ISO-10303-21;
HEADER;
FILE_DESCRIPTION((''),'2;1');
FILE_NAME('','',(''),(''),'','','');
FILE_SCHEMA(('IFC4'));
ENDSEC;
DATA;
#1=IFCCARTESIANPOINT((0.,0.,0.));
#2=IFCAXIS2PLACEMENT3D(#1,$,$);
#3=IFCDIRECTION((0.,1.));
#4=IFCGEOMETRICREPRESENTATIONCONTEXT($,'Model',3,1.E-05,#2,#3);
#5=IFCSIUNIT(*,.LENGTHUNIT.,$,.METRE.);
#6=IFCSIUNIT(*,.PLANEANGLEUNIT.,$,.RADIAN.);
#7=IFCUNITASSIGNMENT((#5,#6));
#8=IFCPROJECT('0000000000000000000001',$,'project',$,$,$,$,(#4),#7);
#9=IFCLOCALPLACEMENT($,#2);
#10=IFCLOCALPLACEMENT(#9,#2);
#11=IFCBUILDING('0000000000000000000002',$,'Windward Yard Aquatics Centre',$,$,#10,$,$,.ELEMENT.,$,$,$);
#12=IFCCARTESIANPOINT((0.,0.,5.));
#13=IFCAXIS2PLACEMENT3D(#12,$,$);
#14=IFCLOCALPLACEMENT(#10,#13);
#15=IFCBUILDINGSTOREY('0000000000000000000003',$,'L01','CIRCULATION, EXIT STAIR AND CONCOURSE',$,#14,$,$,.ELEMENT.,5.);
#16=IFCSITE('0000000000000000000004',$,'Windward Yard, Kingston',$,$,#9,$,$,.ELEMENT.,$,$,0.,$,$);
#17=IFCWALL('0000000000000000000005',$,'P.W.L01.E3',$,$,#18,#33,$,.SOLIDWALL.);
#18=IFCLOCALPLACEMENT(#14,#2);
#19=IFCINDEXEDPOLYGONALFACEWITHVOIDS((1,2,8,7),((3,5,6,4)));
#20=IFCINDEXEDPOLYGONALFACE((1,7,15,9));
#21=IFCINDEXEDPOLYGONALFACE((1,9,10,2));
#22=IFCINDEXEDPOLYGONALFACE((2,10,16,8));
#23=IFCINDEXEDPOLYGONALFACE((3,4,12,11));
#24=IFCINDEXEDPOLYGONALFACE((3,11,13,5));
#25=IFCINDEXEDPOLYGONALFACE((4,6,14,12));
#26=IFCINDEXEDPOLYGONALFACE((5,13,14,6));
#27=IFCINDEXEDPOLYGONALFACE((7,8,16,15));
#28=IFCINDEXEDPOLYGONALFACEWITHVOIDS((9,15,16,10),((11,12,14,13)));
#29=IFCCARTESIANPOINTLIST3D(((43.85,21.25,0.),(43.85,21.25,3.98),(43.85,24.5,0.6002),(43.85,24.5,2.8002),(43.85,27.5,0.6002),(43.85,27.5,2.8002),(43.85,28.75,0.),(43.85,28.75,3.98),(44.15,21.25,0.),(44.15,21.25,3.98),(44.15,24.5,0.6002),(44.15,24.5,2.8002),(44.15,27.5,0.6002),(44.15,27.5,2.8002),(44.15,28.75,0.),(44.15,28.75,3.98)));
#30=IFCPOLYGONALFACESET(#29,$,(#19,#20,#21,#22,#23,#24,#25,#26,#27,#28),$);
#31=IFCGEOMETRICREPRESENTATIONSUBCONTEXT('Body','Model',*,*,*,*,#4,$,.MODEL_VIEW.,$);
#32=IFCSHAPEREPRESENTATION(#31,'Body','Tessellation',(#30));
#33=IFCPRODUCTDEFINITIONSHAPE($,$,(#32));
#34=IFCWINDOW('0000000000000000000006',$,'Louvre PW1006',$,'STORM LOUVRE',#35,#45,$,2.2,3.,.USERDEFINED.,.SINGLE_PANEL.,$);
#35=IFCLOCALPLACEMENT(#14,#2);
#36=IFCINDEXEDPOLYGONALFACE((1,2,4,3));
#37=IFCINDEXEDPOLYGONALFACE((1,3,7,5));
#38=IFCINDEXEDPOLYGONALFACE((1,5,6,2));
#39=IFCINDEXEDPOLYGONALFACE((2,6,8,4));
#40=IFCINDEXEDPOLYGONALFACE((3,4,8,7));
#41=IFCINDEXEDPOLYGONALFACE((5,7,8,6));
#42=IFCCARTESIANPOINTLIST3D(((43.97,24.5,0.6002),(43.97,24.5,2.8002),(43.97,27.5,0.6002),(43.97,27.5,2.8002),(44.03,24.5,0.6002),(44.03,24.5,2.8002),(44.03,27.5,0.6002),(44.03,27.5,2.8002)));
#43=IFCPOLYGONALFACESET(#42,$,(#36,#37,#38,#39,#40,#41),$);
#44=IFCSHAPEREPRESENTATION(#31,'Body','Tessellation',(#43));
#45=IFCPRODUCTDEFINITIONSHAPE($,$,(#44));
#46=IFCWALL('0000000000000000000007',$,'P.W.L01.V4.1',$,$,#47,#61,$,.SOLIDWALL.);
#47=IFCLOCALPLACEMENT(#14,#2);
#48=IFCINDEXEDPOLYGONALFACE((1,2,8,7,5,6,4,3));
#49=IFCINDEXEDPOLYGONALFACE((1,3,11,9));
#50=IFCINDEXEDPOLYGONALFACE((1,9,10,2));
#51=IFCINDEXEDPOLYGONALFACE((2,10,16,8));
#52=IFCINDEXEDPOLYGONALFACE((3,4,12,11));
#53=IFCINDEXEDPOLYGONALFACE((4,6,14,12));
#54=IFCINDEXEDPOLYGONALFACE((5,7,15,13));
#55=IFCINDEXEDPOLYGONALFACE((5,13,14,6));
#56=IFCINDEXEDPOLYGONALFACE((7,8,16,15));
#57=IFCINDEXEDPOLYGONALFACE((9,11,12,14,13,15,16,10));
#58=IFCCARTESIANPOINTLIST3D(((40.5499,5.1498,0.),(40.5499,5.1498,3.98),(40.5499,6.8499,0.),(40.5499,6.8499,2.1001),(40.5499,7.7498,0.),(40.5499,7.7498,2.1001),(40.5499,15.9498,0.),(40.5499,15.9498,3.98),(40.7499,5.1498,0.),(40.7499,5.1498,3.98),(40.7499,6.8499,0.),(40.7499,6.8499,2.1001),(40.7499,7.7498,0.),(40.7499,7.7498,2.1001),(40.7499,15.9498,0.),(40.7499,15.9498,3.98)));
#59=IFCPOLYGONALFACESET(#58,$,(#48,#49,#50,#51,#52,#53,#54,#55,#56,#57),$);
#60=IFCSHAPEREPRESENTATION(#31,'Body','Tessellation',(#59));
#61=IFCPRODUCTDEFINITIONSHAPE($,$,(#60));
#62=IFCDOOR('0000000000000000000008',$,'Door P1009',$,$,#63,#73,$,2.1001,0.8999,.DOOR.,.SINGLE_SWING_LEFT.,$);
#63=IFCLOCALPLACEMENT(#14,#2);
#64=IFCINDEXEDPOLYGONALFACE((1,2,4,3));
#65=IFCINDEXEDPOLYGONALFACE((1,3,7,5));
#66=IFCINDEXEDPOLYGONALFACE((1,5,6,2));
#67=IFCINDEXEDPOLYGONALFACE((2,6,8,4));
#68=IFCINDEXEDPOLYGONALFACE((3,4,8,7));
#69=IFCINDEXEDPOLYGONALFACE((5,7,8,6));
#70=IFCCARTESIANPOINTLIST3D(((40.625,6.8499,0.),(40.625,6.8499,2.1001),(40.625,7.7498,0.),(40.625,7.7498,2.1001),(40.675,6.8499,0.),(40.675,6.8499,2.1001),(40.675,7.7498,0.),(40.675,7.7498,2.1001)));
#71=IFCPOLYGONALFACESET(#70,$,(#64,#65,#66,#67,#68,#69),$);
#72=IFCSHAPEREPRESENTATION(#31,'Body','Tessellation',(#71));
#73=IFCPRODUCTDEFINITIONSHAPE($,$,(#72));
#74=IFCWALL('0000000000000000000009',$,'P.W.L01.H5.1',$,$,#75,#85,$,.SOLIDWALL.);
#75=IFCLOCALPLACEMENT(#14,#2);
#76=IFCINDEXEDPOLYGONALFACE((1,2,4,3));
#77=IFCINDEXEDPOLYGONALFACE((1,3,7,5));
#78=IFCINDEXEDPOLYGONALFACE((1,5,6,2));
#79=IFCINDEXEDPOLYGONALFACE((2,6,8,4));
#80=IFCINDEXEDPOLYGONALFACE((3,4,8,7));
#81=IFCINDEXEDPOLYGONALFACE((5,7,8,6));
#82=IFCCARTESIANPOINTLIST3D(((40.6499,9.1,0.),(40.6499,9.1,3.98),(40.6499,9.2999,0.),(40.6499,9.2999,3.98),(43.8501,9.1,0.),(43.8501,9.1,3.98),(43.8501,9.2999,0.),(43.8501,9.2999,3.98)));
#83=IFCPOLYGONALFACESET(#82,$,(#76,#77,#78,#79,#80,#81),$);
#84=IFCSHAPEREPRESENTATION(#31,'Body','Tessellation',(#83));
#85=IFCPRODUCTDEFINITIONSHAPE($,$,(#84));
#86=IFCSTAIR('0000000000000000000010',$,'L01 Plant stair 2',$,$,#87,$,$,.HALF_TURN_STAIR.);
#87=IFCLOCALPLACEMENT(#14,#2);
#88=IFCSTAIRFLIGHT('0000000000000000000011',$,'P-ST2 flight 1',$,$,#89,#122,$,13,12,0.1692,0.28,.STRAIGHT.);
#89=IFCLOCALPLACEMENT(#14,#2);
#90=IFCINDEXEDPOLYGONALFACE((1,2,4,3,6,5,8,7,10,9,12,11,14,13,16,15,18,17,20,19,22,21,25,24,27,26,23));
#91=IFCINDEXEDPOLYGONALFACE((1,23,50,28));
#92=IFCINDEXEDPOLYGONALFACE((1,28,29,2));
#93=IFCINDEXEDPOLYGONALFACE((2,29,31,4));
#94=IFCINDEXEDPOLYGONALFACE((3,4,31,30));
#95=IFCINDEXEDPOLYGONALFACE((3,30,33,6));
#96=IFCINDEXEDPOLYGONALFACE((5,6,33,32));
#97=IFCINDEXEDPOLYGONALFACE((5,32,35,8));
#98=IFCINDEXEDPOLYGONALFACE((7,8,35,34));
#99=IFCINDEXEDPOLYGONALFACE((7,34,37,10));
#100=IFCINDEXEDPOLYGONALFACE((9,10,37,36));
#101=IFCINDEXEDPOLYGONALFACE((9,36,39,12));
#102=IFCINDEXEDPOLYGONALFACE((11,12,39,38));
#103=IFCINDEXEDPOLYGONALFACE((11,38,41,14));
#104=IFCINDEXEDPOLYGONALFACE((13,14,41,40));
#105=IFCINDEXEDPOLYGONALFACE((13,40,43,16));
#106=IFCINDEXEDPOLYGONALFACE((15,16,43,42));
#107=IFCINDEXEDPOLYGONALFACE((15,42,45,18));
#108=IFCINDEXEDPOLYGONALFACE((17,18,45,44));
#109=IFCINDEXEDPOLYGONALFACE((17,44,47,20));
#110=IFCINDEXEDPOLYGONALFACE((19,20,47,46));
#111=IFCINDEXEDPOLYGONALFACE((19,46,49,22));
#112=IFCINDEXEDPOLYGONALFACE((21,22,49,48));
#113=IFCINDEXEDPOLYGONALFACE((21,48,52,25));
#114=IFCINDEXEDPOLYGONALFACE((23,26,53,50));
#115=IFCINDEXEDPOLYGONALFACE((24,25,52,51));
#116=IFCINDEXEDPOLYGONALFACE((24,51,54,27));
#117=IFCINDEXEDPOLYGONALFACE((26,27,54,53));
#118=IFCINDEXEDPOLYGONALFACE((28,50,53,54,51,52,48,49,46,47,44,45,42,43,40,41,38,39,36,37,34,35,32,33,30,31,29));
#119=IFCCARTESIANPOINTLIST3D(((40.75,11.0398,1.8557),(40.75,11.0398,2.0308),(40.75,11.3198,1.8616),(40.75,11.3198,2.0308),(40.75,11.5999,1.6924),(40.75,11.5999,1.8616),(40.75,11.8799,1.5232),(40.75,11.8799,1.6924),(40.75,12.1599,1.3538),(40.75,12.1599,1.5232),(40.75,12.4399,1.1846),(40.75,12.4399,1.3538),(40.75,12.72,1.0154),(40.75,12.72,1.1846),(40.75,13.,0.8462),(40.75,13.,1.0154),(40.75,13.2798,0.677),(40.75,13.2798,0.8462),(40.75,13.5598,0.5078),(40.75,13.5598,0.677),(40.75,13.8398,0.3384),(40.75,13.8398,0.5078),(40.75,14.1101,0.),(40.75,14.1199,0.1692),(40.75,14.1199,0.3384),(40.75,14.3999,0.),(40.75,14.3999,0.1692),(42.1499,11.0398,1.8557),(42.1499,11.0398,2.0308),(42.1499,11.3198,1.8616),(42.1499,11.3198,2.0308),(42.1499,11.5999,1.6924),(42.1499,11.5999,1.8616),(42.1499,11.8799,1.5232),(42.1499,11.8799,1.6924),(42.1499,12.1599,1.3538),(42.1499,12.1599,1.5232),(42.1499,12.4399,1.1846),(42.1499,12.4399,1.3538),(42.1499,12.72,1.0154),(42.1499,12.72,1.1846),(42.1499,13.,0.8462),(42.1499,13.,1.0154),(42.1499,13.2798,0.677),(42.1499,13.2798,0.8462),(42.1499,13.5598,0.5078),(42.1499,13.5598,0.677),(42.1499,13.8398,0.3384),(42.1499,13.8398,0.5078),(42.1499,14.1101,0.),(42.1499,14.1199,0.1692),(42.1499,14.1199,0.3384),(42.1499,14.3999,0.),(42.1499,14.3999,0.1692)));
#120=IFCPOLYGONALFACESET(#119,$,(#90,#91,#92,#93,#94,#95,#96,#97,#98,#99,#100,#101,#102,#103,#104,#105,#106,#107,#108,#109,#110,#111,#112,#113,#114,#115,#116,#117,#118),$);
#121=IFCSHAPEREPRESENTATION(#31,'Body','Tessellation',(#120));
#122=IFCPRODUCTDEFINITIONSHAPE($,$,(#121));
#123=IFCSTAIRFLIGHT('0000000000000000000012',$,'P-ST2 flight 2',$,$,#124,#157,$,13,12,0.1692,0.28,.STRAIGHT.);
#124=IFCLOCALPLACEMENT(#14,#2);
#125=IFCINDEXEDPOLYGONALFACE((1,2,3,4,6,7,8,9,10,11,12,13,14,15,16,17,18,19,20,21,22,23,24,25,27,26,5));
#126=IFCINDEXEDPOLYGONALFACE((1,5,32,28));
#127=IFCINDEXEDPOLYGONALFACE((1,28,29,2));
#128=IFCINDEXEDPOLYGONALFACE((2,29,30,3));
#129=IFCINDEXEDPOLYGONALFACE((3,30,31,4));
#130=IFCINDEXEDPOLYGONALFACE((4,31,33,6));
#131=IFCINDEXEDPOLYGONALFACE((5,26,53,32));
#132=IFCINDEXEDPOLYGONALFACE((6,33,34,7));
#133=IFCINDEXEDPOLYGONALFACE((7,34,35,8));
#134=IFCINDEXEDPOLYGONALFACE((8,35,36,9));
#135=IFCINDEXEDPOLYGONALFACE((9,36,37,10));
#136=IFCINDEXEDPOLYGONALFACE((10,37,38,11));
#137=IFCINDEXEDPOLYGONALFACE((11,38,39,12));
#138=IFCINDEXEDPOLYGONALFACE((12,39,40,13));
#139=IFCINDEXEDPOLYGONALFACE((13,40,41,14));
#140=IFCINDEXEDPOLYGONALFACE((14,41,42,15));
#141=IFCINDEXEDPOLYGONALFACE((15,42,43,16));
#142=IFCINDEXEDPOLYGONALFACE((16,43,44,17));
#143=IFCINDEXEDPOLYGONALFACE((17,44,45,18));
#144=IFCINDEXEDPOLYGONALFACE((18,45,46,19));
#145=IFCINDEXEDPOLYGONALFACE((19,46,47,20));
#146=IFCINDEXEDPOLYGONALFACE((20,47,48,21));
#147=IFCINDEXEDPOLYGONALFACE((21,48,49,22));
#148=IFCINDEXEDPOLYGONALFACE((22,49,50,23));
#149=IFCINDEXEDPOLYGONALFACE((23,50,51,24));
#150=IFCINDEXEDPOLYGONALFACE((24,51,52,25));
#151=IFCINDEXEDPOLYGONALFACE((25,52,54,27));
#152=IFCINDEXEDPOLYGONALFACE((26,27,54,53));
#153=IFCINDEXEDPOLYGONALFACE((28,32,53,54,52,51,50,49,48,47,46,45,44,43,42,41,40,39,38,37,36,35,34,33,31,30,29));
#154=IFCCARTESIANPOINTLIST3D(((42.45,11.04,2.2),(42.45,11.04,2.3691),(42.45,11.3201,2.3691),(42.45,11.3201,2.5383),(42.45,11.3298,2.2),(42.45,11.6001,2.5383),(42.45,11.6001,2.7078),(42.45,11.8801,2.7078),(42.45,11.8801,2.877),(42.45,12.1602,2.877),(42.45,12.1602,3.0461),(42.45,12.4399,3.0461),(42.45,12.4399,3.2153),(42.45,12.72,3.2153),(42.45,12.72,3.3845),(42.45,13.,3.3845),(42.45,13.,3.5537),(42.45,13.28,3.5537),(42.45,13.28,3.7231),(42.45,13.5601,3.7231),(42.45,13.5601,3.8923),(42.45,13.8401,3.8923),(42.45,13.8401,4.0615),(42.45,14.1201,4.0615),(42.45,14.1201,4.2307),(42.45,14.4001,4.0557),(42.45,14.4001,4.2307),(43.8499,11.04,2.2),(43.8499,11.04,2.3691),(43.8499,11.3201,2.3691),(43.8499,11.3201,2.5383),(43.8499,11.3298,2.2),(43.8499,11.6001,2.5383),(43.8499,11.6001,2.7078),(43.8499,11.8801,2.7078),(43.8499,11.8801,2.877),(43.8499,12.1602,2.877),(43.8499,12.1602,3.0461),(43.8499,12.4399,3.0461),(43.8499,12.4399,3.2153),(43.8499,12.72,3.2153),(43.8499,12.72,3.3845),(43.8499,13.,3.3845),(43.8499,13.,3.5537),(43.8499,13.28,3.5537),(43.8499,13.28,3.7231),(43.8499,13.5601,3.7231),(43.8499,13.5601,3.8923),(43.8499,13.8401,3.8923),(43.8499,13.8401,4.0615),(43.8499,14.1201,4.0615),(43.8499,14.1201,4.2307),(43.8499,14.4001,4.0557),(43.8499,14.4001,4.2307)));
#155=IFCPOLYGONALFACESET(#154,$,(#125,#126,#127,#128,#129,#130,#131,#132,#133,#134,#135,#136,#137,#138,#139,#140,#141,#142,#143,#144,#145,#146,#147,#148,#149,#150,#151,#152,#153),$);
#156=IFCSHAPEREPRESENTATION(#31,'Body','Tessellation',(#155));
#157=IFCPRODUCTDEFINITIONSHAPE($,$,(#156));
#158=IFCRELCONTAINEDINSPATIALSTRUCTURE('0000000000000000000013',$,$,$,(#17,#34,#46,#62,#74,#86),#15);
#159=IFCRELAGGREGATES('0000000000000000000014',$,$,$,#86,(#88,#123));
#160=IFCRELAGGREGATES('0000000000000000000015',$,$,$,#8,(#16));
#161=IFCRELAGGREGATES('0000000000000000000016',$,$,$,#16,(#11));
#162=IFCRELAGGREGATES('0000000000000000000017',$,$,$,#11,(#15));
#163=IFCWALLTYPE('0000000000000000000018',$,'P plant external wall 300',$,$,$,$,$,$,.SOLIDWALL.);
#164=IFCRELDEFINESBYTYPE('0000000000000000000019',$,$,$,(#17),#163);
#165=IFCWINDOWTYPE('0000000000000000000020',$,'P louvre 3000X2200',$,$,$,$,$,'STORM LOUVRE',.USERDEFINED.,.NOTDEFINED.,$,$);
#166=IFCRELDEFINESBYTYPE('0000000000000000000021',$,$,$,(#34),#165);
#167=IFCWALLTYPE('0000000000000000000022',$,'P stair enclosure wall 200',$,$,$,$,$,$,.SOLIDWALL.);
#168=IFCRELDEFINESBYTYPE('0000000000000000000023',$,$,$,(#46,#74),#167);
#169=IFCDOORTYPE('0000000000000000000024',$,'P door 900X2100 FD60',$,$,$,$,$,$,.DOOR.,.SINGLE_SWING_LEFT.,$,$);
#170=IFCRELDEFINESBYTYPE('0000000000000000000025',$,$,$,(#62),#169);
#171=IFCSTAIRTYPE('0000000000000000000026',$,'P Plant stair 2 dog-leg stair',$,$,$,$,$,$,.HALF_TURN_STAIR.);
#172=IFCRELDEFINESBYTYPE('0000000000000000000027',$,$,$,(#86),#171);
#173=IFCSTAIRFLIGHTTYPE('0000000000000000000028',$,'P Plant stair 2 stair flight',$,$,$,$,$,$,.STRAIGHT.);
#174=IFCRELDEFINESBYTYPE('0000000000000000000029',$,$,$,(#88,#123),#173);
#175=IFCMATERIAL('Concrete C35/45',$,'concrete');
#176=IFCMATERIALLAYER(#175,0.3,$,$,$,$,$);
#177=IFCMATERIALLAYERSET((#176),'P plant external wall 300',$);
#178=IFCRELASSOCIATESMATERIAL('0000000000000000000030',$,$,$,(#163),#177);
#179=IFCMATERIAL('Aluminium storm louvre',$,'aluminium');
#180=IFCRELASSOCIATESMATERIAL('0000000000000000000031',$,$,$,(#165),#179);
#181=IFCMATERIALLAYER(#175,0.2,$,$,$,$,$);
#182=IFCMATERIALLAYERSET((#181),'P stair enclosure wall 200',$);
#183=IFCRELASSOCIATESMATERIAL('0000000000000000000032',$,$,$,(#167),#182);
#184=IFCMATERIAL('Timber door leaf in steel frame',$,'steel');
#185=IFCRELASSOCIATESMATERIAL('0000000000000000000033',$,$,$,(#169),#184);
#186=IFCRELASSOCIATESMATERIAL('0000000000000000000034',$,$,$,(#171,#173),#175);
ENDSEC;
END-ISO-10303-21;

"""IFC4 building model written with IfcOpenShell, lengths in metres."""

from ifc_helpers import new_model, si_unit, direction, frame, frame_2d, origin, place, context, subcontext, project, spatial, polyline, rectangle, outline, extrude, material, layer, layer_set, type_object, element, fill, aggregate, save


model = new_model("IFC4")

# Units and contexts
model_context = context("Model", 3, precision=1e-05, world=origin(), true_north=direction((0.0, 1.0)))
body_context = subcontext(model_context, "Body", "Model", "MODEL_VIEW")
ifc_project = project(units=[si_unit("LENGTHUNIT", "METRE"), si_unit("PLANEANGLEUNIT", "RADIAN")], contexts=[model_context])

# Site, building, storey
site_placement = place(None, origin())
site = spatial("IfcSite", under=ifc_project, at=site_placement, Name="Windward Yard, Kingston", CompositionType="ELEMENT", RefElevation=0.0)
building_placement = place(site_placement, origin())
building = spatial("IfcBuilding", under=site, at=building_placement, Name="Windward Yard Aquatics Centre", CompositionType="ELEMENT")
storey_placement = place(building_placement, frame((0.0, 0.0, 5.0)))
storey = spatial("IfcBuildingStorey", under=building, at=storey_placement, Name="L01", Description="CIRCULATION, EXIT STAIR AND CONCOURSE", CompositionType="ELEMENT", Elevation=5.0)

# Shared definitions
ifc_material_1 = material(Name="Concrete C35/45", Category="concrete")

# Shared definitions
ifc_material_2 = material(Name="Timber door leaf in steel frame", Category="steel")

# Shared definitions
ifc_layer_1 = layer(ifc_material_1, 0.3)
ifc_layer_set_1 = layer_set([ifc_layer_1], Name="P plant external wall 300")
wall_type_1 = type_object("IfcWallType", Name="P plant external wall 300", PredefinedType="SOLIDWALL", material=ifc_layer_set_1)

# Wall, opening, window
wall_1_placement = place(storey_placement, frame((44.0, 21.25, 0.0), z_axis=(0.0, 0.0, 1.0), x_axis=(0.0, 1.0, 0.0)))
wall_1 = element("IfcWall", 1, at=wall_1_placement, inside=storey, type_object=wall_type_1, Name="P.W.L01.E3", PredefinedType="SOLIDWALL", context=body_context, shape_type="SweptSolid", body=[
    extrude(rectangle(XDim=7.5, YDim=0.3, at=frame_2d((3.75, 0.0))), origin(), (0.0, 0.0, 1.0), 3.98),
])
opening_1_placement = place(wall_1_placement, frame((3.25, 0.0, 0.6001)))
opening_1 = element("IfcOpeningElement", 2, at=opening_1_placement, cuts=wall_1, PredefinedType="OPENING", context=body_context, shape_type="SweptSolid", body=[
    extrude(rectangle(XDim=3.0, YDim=2.2, at=frame_2d((1.5, 1.1001))), frame((0.0, 0.1602, 0.0), z_axis=(0.0, -1.0, 0.0), x_axis=(1.0, 0.0, 0.0)), (0.0, 0.0, 1.0), 0.3201),
])
ifc_material_3 = material(Name="Aluminium storm louvre", Category="aluminium")
window_type = type_object("IfcWindowType", Name="P louvre 3000X2200", ElementType="STORM LOUVRE", PartitioningType="NOTDEFINED", PredefinedType="USERDEFINED", material=ifc_material_3)
window_placement = place(opening_1_placement, origin())
window = element("IfcWindow", 3, at=window_placement, inside=storey, type_object=window_type, Name="Louvre PW1006", ObjectType="STORM LOUVRE", OverallHeight=2.2, OverallWidth=3.0, PartitioningType="SINGLE_PANEL", PredefinedType="USERDEFINED", context=body_context, shape_type="SweptSolid", body=[
    extrude(rectangle(XDim=3.0, YDim=2.2, at=frame_2d((1.5, 1.1001))), frame((0.0, 0.03, 0.0), z_axis=(0.0, -1.0, 0.0), x_axis=(1.0, 0.0, 0.0)), (0.0, 0.0, 1.0), 0.0601),
])
fill(opening_1, window)

# Wall, opening, door
ifc_layer_2 = layer(ifc_material_1, 0.2)
ifc_layer_set_2 = layer_set([ifc_layer_2], Name="P stair enclosure wall 200")
wall_type_2 = type_object("IfcWallType", Name="P stair enclosure wall 200", PredefinedType="SOLIDWALL", material=ifc_layer_set_2)
wall_2_placement = place(storey_placement, frame((40.6499, 5.1499, 0.0), z_axis=(0.0, 0.0, 1.0), x_axis=(0.0, 1.0, 0.0)))
wall_2 = element("IfcWall", 4, at=wall_2_placement, inside=storey, type_object=wall_type_2, Name="P.W.L01.V4.1", PredefinedType="SOLIDWALL", context=body_context, shape_type="SweptSolid", body=[
    extrude(rectangle(XDim=10.8, YDim=0.2, at=frame_2d((5.3999, 0.0))), origin(), (0.0, 0.0, 1.0), 3.98),
])
opening_2_placement = place(wall_2_placement, frame((1.7, 0.0, 0.0)))
opening_2 = element("IfcOpeningElement", 5, at=opening_2_placement, cuts=wall_2, PredefinedType="OPENING", context=body_context, shape_type="SweptSolid", body=[
    extrude(rectangle(XDim=0.8999, YDim=2.1001, at=frame_2d((0.45, 1.05))), frame((0.0, 0.1099, 0.0), z_axis=(0.0, -1.0, 0.0), x_axis=(1.0, 0.0, 0.0)), (0.0, 0.0, 1.0), 0.22),
])
door_type_1 = type_object("IfcDoorType", Name="P door 900X2100 FD60", OperationType="SINGLE_SWING_LEFT", PredefinedType="DOOR", material=ifc_material_2)
door_1_placement = place(opening_2_placement, origin())
door_1 = element("IfcDoor", 6, at=door_1_placement, inside=storey, type_object=door_type_1, Name="Door P1009", OperationType="SINGLE_SWING_LEFT", OverallHeight=2.1001, OverallWidth=0.8999, PredefinedType="DOOR", context=body_context, shape_type="SweptSolid", body=[
    extrude(rectangle(XDim=0.8999, YDim=2.1001, at=frame_2d((0.45, 1.05))), frame((0.0, 0.0249, 0.0), z_axis=(0.0, -1.0, 0.0), x_axis=(1.0, 0.0, 0.0)), (0.0, 0.0, 1.0), 0.05),
])
fill(opening_2, door_1)

# Wall
wall_3_placement = place(storey_placement, frame((40.6499, 9.2, 0.0), z_axis=(0.0, 0.0, 1.0), x_axis=(1.0, 0.0, 0.0)))
element("IfcWall", 7, at=wall_3_placement, inside=storey, type_object=wall_type_2, Name="P.W.L01.H5.1", PredefinedType="SOLIDWALL", context=body_context, shape_type="SweptSolid", body=[
    extrude(rectangle(XDim=3.2002, YDim=0.2, at=frame_2d((1.6001, 0.0))), origin(), (0.0, 0.0, 1.0), 3.98),
])

# Stair, stair flights
stair_type = type_object("IfcStairType", Name="P Plant stair 2 dog-leg stair", PredefinedType="HALF_TURN_STAIR", material=ifc_material_1)
stair_placement = place(storey_placement, origin())
stair = element("IfcStair", 8, at=stair_placement, inside=storey, type_object=stair_type, Name="L01 Plant stair 2", PredefinedType="HALF_TURN_STAIR")
stair_flight_type = type_object("IfcStairFlightType", Name="P Plant stair 2 stair flight", PredefinedType="STRAIGHT", material=ifc_material_1)
stair_flight_1_placement = place(storey_placement, frame((41.45, 14.3999, 0.0), z_axis=(0.0, 0.0, 1.0), x_axis=(0.0, -1.0, 0.0)))
stair_flight_1 = element("IfcStairFlight", 9, at=stair_flight_1_placement, type_object=stair_flight_type, Name="P-ST2 flight 1", NumberOfRisers=13, NumberOfTreads=12, PredefinedType="STRAIGHT", RiserHeight=0.1692, TreadLength=0.28, context=body_context, shape_type="SweptSolid", body=[
    extrude(outline(polyline([(0.0, 0.0), (0.0, 0.1692), (0.28, 0.1692), (0.28, 0.3384), (0.5601, 0.3384), (0.5601, 0.5078), (0.8401, 0.5078), (0.8401, 0.677), (1.1201, 0.677), (1.1201, 0.8462), (1.3999, 0.8462), (1.3999, 1.0154), (1.6799, 1.0154), (1.6799, 1.1846), (1.96, 1.1846), (1.96, 1.3538), (2.24, 1.3538), (2.24, 1.5232), (2.52, 1.5232), (2.52, 1.6924), (2.8, 1.6924), (2.8, 1.8616), (3.0801, 1.8616), (3.0801, 2.0308), (3.3601, 2.0308), (3.3601, 2.2), (3.3601, 1.8557), (0.2898, 0.0), (0.0, 0.0)])), frame((0.0, 0.7, 0.0), z_axis=(0.0, -1.0, 0.0), x_axis=(1.0, 0.0, 0.0)), (0.0, 0.0, 1.0), 1.3999),
])
stair_flight_2_placement = place(storey_placement, frame((43.1499, 11.04, 2.2), z_axis=(0.0, 0.0, 1.0), x_axis=(0.0, 1.0, 0.0)))
stair_flight_2 = element("IfcStairFlight", 10, at=stair_flight_2_placement, type_object=stair_flight_type, Name="P-ST2 flight 2", NumberOfRisers=13, NumberOfTreads=12, PredefinedType="STRAIGHT", RiserHeight=0.1692, TreadLength=0.28, context=body_context, shape_type="SweptSolid", body=[
    extrude(outline(polyline([(0.0, 0.0), (0.0, 0.1692), (0.28, 0.1692), (0.28, 0.3384), (0.5601, 0.3384), (0.5601, 0.5078), (0.8401, 0.5078), (0.8401, 0.677), (1.1201, 0.677), (1.1201, 0.8462), (1.3999, 0.8462), (1.3999, 1.0154), (1.6799, 1.0154), (1.6799, 1.1846), (1.96, 1.1846), (1.96, 1.3538), (2.24, 1.3538), (2.24, 1.5232), (2.52, 1.5232), (2.52, 1.6924), (2.8, 1.6924), (2.8, 1.8616), (3.0801, 1.8616), (3.0801, 2.0308), (3.3601, 2.0308), (3.3601, 2.2), (3.3601, 1.8557), (0.2898, 0.0), (0.0, 0.0)])), frame((0.0, 0.7, 0.0), z_axis=(0.0, -1.0, 0.0), x_axis=(1.0, 0.0, 0.0)), (0.0, 0.0, 1.0), 1.3999),
])
aggregate(stair, [stair_flight_1, stair_flight_2])

save(model, "model.ifc")
